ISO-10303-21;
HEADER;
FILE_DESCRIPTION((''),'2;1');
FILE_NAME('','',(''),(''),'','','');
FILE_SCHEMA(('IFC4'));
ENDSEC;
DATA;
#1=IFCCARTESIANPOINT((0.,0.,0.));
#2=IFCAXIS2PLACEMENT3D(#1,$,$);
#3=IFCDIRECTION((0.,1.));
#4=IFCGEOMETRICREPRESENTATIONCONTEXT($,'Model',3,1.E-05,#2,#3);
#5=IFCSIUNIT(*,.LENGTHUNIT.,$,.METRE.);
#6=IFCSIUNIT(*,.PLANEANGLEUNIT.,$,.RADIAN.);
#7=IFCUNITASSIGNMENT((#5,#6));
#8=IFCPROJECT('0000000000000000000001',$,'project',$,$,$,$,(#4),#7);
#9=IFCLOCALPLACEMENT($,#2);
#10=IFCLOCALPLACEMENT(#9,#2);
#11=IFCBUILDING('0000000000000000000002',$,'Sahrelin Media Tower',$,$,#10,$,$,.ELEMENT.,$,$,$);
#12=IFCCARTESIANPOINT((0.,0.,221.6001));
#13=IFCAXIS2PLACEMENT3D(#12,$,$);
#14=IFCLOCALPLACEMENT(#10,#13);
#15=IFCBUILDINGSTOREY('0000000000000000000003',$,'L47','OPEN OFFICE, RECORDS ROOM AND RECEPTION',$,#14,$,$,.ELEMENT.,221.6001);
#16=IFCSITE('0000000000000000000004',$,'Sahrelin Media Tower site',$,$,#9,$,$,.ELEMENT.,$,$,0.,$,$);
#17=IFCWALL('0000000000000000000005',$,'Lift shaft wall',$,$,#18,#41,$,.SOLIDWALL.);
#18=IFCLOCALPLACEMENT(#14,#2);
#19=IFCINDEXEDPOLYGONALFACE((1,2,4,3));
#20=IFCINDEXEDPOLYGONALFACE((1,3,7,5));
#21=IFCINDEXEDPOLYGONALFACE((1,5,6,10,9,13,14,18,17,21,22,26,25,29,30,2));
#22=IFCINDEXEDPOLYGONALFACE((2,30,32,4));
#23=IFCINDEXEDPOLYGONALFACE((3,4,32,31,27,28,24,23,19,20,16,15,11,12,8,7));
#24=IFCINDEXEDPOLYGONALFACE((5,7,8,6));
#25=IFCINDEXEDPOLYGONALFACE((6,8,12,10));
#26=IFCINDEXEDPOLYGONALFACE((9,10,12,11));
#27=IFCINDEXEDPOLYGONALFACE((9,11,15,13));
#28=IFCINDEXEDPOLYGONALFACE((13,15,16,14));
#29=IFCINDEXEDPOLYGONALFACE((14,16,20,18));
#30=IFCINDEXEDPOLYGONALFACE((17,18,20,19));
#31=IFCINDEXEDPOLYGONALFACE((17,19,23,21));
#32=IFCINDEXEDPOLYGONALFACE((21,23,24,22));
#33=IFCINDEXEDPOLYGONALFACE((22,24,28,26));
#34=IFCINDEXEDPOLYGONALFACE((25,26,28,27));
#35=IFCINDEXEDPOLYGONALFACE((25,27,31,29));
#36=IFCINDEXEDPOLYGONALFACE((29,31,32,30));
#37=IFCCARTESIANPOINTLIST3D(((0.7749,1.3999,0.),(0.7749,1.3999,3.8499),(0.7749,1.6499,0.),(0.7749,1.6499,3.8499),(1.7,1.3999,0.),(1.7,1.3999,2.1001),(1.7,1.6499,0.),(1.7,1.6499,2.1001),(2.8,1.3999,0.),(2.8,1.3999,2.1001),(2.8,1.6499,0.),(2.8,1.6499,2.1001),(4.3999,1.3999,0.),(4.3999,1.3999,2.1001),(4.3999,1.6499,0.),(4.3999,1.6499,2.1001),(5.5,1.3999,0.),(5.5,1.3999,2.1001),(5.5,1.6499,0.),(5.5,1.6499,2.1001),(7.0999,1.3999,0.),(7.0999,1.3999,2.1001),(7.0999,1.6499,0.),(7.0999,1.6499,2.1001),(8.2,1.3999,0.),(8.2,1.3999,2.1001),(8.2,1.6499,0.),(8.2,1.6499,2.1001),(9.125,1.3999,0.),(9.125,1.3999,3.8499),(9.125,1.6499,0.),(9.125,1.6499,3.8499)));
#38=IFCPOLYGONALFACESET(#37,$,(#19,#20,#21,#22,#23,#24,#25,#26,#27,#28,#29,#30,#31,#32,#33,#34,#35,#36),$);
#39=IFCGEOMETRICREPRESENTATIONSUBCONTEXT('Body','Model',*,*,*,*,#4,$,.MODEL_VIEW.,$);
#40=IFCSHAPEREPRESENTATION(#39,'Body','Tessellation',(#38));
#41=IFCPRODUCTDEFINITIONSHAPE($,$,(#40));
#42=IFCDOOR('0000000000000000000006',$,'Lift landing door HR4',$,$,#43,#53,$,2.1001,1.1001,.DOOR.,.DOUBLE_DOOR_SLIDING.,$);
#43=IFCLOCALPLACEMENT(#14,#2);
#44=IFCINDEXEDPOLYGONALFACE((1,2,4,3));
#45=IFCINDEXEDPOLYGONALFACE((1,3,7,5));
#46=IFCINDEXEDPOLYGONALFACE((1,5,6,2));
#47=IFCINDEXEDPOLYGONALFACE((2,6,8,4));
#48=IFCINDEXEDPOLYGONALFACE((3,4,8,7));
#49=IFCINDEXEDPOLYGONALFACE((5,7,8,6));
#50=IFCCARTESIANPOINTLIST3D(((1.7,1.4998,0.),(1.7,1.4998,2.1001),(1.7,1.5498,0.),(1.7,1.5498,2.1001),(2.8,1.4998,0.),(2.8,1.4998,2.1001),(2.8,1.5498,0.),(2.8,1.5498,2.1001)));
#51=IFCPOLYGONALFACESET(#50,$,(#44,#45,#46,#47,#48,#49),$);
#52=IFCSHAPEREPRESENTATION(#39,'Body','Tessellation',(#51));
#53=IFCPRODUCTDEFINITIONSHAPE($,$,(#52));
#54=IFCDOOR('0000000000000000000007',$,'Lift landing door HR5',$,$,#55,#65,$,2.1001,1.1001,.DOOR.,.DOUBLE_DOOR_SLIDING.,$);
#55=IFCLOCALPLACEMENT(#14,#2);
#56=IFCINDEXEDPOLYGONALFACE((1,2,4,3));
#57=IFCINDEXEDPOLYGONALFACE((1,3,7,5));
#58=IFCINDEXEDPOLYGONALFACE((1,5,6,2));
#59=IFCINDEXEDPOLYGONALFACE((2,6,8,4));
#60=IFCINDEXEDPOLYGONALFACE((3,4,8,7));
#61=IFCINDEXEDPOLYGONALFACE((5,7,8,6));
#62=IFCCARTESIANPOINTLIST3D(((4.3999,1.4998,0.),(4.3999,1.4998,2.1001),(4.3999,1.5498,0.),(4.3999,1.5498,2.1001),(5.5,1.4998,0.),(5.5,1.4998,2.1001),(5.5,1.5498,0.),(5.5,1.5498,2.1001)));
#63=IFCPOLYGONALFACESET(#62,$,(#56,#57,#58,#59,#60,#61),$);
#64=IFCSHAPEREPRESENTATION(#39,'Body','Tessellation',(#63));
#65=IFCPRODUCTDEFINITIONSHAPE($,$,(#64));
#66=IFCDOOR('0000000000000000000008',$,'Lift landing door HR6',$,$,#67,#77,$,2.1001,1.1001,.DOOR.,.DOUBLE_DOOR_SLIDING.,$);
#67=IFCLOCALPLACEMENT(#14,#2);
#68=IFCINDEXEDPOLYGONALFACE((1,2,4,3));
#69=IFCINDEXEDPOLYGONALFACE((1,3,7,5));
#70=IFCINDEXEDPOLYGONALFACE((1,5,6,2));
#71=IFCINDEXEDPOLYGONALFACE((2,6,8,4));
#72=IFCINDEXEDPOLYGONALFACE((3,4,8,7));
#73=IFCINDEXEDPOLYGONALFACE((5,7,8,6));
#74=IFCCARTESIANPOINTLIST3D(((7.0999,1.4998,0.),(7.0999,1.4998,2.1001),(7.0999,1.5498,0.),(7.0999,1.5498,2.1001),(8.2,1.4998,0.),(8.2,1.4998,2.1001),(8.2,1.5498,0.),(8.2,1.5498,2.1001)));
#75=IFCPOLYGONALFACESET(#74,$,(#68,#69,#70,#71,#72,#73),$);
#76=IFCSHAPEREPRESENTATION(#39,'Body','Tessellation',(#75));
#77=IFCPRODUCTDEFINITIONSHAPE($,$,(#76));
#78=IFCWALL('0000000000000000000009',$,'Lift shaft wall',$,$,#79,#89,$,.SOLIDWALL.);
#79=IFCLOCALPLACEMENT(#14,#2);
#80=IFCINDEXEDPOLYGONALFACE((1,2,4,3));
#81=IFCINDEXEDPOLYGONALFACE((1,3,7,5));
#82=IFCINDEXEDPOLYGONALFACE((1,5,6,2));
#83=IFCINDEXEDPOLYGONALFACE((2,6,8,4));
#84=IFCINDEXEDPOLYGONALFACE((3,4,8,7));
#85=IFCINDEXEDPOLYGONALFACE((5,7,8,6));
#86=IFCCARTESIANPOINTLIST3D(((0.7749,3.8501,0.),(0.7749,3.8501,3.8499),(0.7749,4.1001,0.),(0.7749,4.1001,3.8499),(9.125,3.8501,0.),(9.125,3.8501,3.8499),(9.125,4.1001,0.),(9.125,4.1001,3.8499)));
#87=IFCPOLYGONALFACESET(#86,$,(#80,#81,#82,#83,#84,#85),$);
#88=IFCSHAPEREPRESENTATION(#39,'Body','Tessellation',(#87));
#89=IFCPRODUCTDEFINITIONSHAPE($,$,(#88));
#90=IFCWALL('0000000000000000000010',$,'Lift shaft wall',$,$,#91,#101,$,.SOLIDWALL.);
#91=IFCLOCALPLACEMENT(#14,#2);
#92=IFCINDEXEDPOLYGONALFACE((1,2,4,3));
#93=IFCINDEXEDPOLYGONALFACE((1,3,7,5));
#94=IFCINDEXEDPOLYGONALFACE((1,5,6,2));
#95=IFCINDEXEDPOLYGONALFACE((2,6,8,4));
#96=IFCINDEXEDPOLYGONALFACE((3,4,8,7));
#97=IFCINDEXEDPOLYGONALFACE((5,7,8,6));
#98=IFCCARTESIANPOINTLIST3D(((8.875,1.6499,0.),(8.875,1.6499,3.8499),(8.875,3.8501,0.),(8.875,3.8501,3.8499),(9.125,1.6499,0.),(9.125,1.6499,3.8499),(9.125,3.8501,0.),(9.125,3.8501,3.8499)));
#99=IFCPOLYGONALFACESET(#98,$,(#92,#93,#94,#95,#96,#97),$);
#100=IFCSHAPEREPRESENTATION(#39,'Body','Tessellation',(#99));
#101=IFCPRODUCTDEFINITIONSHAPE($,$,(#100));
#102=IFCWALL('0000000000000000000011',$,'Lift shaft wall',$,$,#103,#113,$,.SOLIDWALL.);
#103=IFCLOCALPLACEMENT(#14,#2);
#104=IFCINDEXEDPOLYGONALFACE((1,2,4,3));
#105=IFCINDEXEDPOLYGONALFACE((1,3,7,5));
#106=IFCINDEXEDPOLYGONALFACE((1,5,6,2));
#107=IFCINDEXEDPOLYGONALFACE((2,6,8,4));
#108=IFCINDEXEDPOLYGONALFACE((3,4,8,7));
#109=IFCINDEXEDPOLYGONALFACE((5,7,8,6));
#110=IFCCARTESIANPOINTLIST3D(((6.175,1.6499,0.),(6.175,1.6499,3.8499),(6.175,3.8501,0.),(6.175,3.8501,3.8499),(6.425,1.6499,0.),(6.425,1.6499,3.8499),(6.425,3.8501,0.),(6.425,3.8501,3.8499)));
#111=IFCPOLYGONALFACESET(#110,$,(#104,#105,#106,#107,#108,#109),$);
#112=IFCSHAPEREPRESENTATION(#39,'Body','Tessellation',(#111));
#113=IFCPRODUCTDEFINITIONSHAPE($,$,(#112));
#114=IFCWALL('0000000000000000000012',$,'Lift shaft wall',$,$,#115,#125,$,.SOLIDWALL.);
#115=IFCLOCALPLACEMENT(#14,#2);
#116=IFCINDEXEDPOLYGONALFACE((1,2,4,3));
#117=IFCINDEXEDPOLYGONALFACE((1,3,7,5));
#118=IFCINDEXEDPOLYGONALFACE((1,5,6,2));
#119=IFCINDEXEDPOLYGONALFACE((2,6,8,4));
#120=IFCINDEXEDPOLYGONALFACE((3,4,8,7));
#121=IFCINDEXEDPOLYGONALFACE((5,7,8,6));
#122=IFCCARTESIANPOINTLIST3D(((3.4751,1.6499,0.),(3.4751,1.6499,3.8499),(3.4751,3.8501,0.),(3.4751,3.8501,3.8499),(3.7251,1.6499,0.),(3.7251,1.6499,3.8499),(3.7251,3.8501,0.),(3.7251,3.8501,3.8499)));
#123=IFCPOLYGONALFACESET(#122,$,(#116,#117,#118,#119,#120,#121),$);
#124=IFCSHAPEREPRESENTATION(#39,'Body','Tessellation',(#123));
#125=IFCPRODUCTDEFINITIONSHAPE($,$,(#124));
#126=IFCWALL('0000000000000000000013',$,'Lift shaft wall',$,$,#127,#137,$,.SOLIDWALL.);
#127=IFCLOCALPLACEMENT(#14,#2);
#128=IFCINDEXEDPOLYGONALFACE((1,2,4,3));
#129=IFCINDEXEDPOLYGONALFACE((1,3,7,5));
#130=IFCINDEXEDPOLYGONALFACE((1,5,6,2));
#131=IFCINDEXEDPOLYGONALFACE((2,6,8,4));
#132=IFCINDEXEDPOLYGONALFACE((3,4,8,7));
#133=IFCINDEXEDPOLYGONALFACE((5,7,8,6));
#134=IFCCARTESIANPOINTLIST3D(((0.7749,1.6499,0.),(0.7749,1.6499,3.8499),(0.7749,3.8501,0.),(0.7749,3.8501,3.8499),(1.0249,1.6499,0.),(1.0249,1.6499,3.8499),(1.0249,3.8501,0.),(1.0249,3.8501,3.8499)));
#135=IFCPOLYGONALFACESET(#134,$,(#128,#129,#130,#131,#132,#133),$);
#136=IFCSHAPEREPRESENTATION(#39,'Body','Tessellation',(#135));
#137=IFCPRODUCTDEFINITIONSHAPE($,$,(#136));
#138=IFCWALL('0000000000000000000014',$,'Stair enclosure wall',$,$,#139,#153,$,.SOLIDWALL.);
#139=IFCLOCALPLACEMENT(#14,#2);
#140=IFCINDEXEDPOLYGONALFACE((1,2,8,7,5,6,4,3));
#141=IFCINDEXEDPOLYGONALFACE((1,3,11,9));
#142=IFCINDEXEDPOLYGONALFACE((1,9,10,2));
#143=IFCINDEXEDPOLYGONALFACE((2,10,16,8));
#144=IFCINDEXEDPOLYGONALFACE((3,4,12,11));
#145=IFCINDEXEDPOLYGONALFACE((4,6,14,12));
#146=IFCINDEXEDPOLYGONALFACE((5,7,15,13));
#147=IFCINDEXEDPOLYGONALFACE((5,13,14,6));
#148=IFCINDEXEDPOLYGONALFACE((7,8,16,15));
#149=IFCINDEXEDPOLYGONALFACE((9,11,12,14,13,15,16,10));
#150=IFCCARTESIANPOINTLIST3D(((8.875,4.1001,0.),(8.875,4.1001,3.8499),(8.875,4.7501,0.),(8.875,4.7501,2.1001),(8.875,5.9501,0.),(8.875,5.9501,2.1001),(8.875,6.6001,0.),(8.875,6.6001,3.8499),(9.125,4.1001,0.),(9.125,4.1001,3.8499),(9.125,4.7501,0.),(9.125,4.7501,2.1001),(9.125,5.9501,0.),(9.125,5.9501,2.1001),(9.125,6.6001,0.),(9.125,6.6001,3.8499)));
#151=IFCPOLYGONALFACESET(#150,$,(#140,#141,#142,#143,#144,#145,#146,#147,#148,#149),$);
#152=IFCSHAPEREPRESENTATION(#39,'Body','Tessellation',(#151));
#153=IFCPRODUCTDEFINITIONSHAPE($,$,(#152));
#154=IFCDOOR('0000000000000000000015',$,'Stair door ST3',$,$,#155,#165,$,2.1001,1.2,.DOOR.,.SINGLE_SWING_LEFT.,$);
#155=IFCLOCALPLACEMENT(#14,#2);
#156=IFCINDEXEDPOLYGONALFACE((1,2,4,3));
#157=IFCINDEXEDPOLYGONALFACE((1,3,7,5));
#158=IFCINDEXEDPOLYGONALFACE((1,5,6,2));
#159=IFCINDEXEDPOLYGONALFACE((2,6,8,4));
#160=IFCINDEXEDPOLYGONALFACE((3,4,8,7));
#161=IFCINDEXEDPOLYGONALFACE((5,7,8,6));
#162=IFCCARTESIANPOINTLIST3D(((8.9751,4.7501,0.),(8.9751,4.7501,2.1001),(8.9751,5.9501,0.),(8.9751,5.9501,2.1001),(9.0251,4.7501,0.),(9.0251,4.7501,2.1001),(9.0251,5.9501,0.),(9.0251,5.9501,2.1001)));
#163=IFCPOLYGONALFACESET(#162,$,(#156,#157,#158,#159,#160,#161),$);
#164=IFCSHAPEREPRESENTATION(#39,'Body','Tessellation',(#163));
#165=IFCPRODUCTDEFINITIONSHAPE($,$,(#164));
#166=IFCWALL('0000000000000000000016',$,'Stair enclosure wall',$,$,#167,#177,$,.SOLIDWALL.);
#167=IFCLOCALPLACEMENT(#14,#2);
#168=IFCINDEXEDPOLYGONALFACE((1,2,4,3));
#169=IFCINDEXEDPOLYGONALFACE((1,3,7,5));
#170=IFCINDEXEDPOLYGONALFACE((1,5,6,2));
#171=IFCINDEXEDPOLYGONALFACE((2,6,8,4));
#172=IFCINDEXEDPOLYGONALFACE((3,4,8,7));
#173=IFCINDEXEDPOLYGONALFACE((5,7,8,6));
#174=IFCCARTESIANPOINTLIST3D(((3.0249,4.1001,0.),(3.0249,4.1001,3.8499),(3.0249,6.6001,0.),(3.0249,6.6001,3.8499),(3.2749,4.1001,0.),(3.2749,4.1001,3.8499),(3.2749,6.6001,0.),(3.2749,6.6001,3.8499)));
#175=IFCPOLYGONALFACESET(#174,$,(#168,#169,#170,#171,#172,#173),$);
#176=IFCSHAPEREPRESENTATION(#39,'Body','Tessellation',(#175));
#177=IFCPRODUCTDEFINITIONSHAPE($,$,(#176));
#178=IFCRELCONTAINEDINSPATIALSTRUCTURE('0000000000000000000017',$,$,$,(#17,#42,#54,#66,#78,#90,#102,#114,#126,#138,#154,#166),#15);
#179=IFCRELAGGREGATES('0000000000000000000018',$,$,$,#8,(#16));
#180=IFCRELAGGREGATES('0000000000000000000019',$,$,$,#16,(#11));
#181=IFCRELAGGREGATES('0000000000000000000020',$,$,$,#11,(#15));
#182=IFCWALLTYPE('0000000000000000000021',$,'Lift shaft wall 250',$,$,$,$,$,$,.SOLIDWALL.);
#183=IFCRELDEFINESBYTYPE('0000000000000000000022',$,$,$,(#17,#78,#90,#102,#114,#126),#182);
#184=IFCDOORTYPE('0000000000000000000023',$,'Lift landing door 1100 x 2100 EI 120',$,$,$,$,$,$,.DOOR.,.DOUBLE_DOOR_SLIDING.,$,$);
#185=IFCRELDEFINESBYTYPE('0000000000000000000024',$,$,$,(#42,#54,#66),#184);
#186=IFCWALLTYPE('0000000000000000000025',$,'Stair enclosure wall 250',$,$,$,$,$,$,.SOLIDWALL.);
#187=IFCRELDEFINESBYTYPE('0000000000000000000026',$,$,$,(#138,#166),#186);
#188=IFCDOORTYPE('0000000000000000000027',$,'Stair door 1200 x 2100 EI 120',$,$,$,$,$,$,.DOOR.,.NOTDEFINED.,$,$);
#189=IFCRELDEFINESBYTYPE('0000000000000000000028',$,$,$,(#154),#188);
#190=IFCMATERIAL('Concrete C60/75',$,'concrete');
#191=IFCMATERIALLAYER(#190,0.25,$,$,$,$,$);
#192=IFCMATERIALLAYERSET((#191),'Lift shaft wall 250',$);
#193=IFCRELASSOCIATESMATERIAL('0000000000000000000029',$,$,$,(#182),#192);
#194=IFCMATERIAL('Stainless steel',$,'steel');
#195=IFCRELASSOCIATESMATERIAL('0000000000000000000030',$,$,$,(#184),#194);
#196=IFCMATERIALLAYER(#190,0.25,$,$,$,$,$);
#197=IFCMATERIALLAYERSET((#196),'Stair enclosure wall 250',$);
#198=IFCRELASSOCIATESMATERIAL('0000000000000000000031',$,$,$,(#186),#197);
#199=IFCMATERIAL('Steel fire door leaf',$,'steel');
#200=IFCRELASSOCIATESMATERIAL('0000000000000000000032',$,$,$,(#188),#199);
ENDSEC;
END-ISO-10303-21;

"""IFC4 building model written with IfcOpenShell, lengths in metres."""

from ifc_helpers import new_model, si_unit, direction, frame, frame_2d, origin, place, context, subcontext, project, spatial, rectangle, extrude, material, layer, layer_set, type_object, element, fill, save


model = new_model("IFC4")

# Units and contexts
model_context = context("Model", 3, precision=1e-05, world=origin(), true_north=direction((0.0, 1.0)))
body_context = subcontext(model_context, "Body", "Model", "MODEL_VIEW")
ifc_project = project(units=[si_unit("LENGTHUNIT", "METRE"), si_unit("PLANEANGLEUNIT", "RADIAN")], contexts=[model_context])

# Site, building, storey
site_placement = place(None, origin())
site = spatial("IfcSite", under=ifc_project, at=site_placement, Name="Sahrelin Media Tower site", CompositionType="ELEMENT", RefElevation=0.0)
building_placement = place(site_placement, origin())
building = spatial("IfcBuilding", under=site, at=building_placement, Name="Sahrelin Media Tower", CompositionType="ELEMENT")
storey_placement = place(building_placement, frame((0.0, 0.0, 221.6001)))
storey = spatial("IfcBuildingStorey", under=building, at=storey_placement, Name="L47", Description="OPEN OFFICE, RECORDS ROOM AND RECEPTION", CompositionType="ELEMENT", Elevation=221.6001)

# Wall, openings, doors
ifc_material_1 = material(Name="Concrete C60/75", Category="concrete")
ifc_layer_1 = layer(ifc_material_1, 0.25)
ifc_layer_set_1 = layer_set([ifc_layer_1], Name="Lift shaft wall 250")
wall_type_1 = type_object("IfcWallType", Name="Lift shaft wall 250", PredefinedType="SOLIDWALL", material=ifc_layer_set_1)
wall_1_placement = place(storey_placement, frame((0.7749, 1.5249, 0.0), z_axis=(0.0, 0.0, 1.0), x_axis=(1.0, 0.0, 0.0)))
wall_1 = element("IfcWall", 1, at=wall_1_placement, inside=storey, type_object=wall_type_1, Name="Lift shaft wall", PredefinedType="SOLIDWALL", context=body_context, shape_type="SweptSolid", body=[
    extrude(rectangle(XDim=8.3501, YDim=0.25, at=frame_2d((4.175, 0.0))), origin(), (0.0, 0.0, 1.0), 3.8499),
])
opening_1_placement = place(wall_1_placement, frame((0.925, 0.0, 0.0)))
opening_1 = element("IfcOpeningElement", 2, at=opening_1_placement, cuts=wall_1, PredefinedType="OPENING", context=body_context, shape_type="SweptSolid", body=[
    extrude(rectangle(XDim=1.1001, YDim=2.1001, at=frame_2d((0.55, 1.05))), frame((0.0, 0.125, 0.0), z_axis=(0.0, -1.0, 0.0), x_axis=(1.0, 0.0, 0.0)), (0.0, 0.0, 1.0), 0.25),
])
opening_2_placement = place(wall_1_placement, frame((3.625, 0.0, 0.0)))
opening_2 = element("IfcOpeningElement", 3, at=opening_2_placement, cuts=wall_1, PredefinedType="OPENING", context=body_context, shape_type="SweptSolid", body=[
    extrude(rectangle(XDim=1.1001, YDim=2.1001, at=frame_2d((0.55, 1.05))), frame((0.0, 0.125, 0.0), z_axis=(0.0, -1.0, 0.0), x_axis=(1.0, 0.0, 0.0)), (0.0, 0.0, 1.0), 0.25),
])
opening_3_placement = place(wall_1_placement, frame((6.325, 0.0, 0.0)))
opening_3 = element("IfcOpeningElement", 4, at=opening_3_placement, cuts=wall_1, PredefinedType="OPENING", context=body_context, shape_type="SweptSolid", body=[
    extrude(rectangle(XDim=1.1001, YDim=2.1001, at=frame_2d((0.55, 1.05))), frame((0.0, 0.125, 0.0), z_axis=(0.0, -1.0, 0.0), x_axis=(1.0, 0.0, 0.0)), (0.0, 0.0, 1.0), 0.25),
])
ifc_material_2 = material(Name="Stainless steel", Category="steel")
door_type_1 = type_object("IfcDoorType", Name="Lift landing door 1100 x 2100 EI 120", OperationType="DOUBLE_DOOR_SLIDING", PredefinedType="DOOR", material=ifc_material_2)
door_1_placement = place(opening_1_placement, origin())
door_1 = element("IfcDoor", 5, at=door_1_placement, inside=storey, type_object=door_type_1, Name="Lift landing door HR4", OperationType="DOUBLE_DOOR_SLIDING", OverallHeight=2.1001, OverallWidth=1.1001, PredefinedType="DOOR", context=body_context, shape_type="SweptSolid", body=[
    extrude(rectangle(XDim=1.1001, YDim=2.1001, at=frame_2d((0.55, 1.05))), frame((0.0, 0.0249, 0.0), z_axis=(0.0, -1.0, 0.0), x_axis=(1.0, 0.0, 0.0)), (0.0, 0.0, 1.0), 0.05),
])
fill(opening_1, door_1)
door_2_placement = place(opening_2_placement, origin())
door_2 = element("IfcDoor", 6, at=door_2_placement, inside=storey, type_object=door_type_1, Name="Lift landing door HR5", OperationType="DOUBLE_DOOR_SLIDING", OverallHeight=2.1001, OverallWidth=1.1001, PredefinedType="DOOR", context=body_context, shape_type="SweptSolid", body=[
    extrude(rectangle(XDim=1.1001, YDim=2.1001, at=frame_2d((0.55, 1.05))), frame((0.0, 0.0249, 0.0), z_axis=(0.0, -1.0, 0.0), x_axis=(1.0, 0.0, 0.0)), (0.0, 0.0, 1.0), 0.05),
])
fill(opening_2, door_2)
door_3_placement = place(opening_3_placement, origin())
door_3 = element("IfcDoor", 7, at=door_3_placement, inside=storey, type_object=door_type_1, Name="Lift landing door HR6", OperationType="DOUBLE_DOOR_SLIDING", OverallHeight=2.1001, OverallWidth=1.1001, PredefinedType="DOOR", context=body_context, shape_type="SweptSolid", body=[
    extrude(rectangle(XDim=1.1001, YDim=2.1001, at=frame_2d((0.55, 1.05))), frame((0.0, 0.0249, 0.0), z_axis=(0.0, -1.0, 0.0), x_axis=(1.0, 0.0, 0.0)), (0.0, 0.0, 1.0), 0.05),
])
fill(opening_3, door_3)

# Walls
wall_2_placement = place(storey_placement, frame((0.7749, 3.9751, 0.0), z_axis=(0.0, 0.0, 1.0), x_axis=(1.0, 0.0, 0.0)))
element("IfcWall", 8, at=wall_2_placement, inside=storey, type_object=wall_type_1, Name="Lift shaft wall", PredefinedType="SOLIDWALL", context=body_context, shape_type="SweptSolid", body=[
    extrude(rectangle(XDim=8.3501, YDim=0.25, at=frame_2d((4.175, 0.0))), origin(), (0.0, 0.0, 1.0), 3.8499),
])
for number, where, z_axis, x_axis, name in (
    (9, (9.0, 1.6499, 0.0), (0.0, 0.0, 1.0), (0.0, 1.0, 0.0), "Lift shaft wall"),
    (10, (6.3, 1.6499, 0.0), (0.0, 0.0, 1.0), (0.0, 1.0, 0.0), "Lift shaft wall"),
    (11, (3.6001, 1.6499, 0.0), (0.0, 0.0, 1.0), (0.0, 1.0, 0.0), "Lift shaft wall"),
    (12, (0.8999, 1.6499, 0.0), (0.0, 0.0, 1.0), (0.0, 1.0, 0.0), "Lift shaft wall"),
):
    element("IfcWall", number, at=place(storey_placement, frame(where, z_axis=z_axis, x_axis=x_axis)), inside=storey, type_object=wall_type_1, Name=name, PredefinedType="SOLIDWALL", context=body_context, shape_type="SweptSolid", body=[
        extrude(rectangle(XDim=2.2002, YDim=0.25, at=frame_2d((1.1001, 0.0))), origin(), (0.0, 0.0, 1.0), 3.8499),
    ])

# Wall, opening, door
ifc_layer_2 = layer(ifc_material_1, 0.25)
ifc_layer_set_2 = layer_set([ifc_layer_2], Name="Stair enclosure wall 250")
wall_type_2 = type_object("IfcWallType", Name="Stair enclosure wall 250", PredefinedType="SOLIDWALL", material=ifc_layer_set_2)
wall_3_placement = place(storey_placement, frame((9.0, 4.1001, 0.0), z_axis=(0.0, 0.0, 1.0), x_axis=(0.0, 1.0, 0.0)))
wall_3 = element("IfcWall", 13, at=wall_3_placement, inside=storey, type_object=wall_type_2, Name="Stair enclosure wall", PredefinedType="SOLIDWALL", context=body_context, shape_type="SweptSolid", body=[
    extrude(rectangle(XDim=2.5, YDim=0.25, at=frame_2d((1.25, 0.0))), origin(), (0.0, 0.0, 1.0), 3.8499),
])
opening_4_placement = place(wall_3_placement, frame((0.6499, 0.0, 0.0)))
opening_4 = element("IfcOpeningElement", 14, at=opening_4_placement, cuts=wall_3, PredefinedType="OPENING", context=body_context, shape_type="SweptSolid", body=[
    extrude(rectangle(XDim=1.2, YDim=2.1001, at=frame_2d((0.6001, 1.05))), frame((0.0, 0.125, 0.0), z_axis=(0.0, -1.0, 0.0), x_axis=(1.0, 0.0, 0.0)), (0.0, 0.0, 1.0), 0.25),
])
ifc_material_3 = material(Name="Steel fire door leaf", Category="steel")
door_type_2 = type_object("IfcDoorType", Name="Stair door 1200 x 2100 EI 120", OperationType="NOTDEFINED", PredefinedType="DOOR", material=ifc_material_3)
door_4_placement = place(opening_4_placement, origin())
door_4 = element("IfcDoor", 15, at=door_4_placement, inside=storey, type_object=door_type_2, Name="Stair door ST3", OperationType="SINGLE_SWING_LEFT", OverallHeight=2.1001, OverallWidth=1.2, PredefinedType="DOOR", context=body_context, shape_type="SweptSolid", body=[
    extrude(rectangle(XDim=1.2, YDim=2.1001, at=frame_2d((0.6001, 1.05))), frame((0.0, 0.0249, 0.0), z_axis=(0.0, -1.0, 0.0), x_axis=(1.0, 0.0, 0.0)), (0.0, 0.0, 1.0), 0.05),
])
fill(opening_4, door_4)

# Wall
wall_4_placement = place(storey_placement, frame((3.1499, 4.1001, 0.0), z_axis=(0.0, 0.0, 1.0), x_axis=(0.0, 1.0, 0.0)))
element("IfcWall", 16, at=wall_4_placement, inside=storey, type_object=wall_type_2, Name="Stair enclosure wall", PredefinedType="SOLIDWALL", context=body_context, shape_type="SweptSolid", body=[
    extrude(rectangle(XDim=2.5, YDim=0.25, at=frame_2d((1.25, 0.0))), origin(), (0.0, 0.0, 1.0), 3.8499),
])

save(model, "model.ifc")
